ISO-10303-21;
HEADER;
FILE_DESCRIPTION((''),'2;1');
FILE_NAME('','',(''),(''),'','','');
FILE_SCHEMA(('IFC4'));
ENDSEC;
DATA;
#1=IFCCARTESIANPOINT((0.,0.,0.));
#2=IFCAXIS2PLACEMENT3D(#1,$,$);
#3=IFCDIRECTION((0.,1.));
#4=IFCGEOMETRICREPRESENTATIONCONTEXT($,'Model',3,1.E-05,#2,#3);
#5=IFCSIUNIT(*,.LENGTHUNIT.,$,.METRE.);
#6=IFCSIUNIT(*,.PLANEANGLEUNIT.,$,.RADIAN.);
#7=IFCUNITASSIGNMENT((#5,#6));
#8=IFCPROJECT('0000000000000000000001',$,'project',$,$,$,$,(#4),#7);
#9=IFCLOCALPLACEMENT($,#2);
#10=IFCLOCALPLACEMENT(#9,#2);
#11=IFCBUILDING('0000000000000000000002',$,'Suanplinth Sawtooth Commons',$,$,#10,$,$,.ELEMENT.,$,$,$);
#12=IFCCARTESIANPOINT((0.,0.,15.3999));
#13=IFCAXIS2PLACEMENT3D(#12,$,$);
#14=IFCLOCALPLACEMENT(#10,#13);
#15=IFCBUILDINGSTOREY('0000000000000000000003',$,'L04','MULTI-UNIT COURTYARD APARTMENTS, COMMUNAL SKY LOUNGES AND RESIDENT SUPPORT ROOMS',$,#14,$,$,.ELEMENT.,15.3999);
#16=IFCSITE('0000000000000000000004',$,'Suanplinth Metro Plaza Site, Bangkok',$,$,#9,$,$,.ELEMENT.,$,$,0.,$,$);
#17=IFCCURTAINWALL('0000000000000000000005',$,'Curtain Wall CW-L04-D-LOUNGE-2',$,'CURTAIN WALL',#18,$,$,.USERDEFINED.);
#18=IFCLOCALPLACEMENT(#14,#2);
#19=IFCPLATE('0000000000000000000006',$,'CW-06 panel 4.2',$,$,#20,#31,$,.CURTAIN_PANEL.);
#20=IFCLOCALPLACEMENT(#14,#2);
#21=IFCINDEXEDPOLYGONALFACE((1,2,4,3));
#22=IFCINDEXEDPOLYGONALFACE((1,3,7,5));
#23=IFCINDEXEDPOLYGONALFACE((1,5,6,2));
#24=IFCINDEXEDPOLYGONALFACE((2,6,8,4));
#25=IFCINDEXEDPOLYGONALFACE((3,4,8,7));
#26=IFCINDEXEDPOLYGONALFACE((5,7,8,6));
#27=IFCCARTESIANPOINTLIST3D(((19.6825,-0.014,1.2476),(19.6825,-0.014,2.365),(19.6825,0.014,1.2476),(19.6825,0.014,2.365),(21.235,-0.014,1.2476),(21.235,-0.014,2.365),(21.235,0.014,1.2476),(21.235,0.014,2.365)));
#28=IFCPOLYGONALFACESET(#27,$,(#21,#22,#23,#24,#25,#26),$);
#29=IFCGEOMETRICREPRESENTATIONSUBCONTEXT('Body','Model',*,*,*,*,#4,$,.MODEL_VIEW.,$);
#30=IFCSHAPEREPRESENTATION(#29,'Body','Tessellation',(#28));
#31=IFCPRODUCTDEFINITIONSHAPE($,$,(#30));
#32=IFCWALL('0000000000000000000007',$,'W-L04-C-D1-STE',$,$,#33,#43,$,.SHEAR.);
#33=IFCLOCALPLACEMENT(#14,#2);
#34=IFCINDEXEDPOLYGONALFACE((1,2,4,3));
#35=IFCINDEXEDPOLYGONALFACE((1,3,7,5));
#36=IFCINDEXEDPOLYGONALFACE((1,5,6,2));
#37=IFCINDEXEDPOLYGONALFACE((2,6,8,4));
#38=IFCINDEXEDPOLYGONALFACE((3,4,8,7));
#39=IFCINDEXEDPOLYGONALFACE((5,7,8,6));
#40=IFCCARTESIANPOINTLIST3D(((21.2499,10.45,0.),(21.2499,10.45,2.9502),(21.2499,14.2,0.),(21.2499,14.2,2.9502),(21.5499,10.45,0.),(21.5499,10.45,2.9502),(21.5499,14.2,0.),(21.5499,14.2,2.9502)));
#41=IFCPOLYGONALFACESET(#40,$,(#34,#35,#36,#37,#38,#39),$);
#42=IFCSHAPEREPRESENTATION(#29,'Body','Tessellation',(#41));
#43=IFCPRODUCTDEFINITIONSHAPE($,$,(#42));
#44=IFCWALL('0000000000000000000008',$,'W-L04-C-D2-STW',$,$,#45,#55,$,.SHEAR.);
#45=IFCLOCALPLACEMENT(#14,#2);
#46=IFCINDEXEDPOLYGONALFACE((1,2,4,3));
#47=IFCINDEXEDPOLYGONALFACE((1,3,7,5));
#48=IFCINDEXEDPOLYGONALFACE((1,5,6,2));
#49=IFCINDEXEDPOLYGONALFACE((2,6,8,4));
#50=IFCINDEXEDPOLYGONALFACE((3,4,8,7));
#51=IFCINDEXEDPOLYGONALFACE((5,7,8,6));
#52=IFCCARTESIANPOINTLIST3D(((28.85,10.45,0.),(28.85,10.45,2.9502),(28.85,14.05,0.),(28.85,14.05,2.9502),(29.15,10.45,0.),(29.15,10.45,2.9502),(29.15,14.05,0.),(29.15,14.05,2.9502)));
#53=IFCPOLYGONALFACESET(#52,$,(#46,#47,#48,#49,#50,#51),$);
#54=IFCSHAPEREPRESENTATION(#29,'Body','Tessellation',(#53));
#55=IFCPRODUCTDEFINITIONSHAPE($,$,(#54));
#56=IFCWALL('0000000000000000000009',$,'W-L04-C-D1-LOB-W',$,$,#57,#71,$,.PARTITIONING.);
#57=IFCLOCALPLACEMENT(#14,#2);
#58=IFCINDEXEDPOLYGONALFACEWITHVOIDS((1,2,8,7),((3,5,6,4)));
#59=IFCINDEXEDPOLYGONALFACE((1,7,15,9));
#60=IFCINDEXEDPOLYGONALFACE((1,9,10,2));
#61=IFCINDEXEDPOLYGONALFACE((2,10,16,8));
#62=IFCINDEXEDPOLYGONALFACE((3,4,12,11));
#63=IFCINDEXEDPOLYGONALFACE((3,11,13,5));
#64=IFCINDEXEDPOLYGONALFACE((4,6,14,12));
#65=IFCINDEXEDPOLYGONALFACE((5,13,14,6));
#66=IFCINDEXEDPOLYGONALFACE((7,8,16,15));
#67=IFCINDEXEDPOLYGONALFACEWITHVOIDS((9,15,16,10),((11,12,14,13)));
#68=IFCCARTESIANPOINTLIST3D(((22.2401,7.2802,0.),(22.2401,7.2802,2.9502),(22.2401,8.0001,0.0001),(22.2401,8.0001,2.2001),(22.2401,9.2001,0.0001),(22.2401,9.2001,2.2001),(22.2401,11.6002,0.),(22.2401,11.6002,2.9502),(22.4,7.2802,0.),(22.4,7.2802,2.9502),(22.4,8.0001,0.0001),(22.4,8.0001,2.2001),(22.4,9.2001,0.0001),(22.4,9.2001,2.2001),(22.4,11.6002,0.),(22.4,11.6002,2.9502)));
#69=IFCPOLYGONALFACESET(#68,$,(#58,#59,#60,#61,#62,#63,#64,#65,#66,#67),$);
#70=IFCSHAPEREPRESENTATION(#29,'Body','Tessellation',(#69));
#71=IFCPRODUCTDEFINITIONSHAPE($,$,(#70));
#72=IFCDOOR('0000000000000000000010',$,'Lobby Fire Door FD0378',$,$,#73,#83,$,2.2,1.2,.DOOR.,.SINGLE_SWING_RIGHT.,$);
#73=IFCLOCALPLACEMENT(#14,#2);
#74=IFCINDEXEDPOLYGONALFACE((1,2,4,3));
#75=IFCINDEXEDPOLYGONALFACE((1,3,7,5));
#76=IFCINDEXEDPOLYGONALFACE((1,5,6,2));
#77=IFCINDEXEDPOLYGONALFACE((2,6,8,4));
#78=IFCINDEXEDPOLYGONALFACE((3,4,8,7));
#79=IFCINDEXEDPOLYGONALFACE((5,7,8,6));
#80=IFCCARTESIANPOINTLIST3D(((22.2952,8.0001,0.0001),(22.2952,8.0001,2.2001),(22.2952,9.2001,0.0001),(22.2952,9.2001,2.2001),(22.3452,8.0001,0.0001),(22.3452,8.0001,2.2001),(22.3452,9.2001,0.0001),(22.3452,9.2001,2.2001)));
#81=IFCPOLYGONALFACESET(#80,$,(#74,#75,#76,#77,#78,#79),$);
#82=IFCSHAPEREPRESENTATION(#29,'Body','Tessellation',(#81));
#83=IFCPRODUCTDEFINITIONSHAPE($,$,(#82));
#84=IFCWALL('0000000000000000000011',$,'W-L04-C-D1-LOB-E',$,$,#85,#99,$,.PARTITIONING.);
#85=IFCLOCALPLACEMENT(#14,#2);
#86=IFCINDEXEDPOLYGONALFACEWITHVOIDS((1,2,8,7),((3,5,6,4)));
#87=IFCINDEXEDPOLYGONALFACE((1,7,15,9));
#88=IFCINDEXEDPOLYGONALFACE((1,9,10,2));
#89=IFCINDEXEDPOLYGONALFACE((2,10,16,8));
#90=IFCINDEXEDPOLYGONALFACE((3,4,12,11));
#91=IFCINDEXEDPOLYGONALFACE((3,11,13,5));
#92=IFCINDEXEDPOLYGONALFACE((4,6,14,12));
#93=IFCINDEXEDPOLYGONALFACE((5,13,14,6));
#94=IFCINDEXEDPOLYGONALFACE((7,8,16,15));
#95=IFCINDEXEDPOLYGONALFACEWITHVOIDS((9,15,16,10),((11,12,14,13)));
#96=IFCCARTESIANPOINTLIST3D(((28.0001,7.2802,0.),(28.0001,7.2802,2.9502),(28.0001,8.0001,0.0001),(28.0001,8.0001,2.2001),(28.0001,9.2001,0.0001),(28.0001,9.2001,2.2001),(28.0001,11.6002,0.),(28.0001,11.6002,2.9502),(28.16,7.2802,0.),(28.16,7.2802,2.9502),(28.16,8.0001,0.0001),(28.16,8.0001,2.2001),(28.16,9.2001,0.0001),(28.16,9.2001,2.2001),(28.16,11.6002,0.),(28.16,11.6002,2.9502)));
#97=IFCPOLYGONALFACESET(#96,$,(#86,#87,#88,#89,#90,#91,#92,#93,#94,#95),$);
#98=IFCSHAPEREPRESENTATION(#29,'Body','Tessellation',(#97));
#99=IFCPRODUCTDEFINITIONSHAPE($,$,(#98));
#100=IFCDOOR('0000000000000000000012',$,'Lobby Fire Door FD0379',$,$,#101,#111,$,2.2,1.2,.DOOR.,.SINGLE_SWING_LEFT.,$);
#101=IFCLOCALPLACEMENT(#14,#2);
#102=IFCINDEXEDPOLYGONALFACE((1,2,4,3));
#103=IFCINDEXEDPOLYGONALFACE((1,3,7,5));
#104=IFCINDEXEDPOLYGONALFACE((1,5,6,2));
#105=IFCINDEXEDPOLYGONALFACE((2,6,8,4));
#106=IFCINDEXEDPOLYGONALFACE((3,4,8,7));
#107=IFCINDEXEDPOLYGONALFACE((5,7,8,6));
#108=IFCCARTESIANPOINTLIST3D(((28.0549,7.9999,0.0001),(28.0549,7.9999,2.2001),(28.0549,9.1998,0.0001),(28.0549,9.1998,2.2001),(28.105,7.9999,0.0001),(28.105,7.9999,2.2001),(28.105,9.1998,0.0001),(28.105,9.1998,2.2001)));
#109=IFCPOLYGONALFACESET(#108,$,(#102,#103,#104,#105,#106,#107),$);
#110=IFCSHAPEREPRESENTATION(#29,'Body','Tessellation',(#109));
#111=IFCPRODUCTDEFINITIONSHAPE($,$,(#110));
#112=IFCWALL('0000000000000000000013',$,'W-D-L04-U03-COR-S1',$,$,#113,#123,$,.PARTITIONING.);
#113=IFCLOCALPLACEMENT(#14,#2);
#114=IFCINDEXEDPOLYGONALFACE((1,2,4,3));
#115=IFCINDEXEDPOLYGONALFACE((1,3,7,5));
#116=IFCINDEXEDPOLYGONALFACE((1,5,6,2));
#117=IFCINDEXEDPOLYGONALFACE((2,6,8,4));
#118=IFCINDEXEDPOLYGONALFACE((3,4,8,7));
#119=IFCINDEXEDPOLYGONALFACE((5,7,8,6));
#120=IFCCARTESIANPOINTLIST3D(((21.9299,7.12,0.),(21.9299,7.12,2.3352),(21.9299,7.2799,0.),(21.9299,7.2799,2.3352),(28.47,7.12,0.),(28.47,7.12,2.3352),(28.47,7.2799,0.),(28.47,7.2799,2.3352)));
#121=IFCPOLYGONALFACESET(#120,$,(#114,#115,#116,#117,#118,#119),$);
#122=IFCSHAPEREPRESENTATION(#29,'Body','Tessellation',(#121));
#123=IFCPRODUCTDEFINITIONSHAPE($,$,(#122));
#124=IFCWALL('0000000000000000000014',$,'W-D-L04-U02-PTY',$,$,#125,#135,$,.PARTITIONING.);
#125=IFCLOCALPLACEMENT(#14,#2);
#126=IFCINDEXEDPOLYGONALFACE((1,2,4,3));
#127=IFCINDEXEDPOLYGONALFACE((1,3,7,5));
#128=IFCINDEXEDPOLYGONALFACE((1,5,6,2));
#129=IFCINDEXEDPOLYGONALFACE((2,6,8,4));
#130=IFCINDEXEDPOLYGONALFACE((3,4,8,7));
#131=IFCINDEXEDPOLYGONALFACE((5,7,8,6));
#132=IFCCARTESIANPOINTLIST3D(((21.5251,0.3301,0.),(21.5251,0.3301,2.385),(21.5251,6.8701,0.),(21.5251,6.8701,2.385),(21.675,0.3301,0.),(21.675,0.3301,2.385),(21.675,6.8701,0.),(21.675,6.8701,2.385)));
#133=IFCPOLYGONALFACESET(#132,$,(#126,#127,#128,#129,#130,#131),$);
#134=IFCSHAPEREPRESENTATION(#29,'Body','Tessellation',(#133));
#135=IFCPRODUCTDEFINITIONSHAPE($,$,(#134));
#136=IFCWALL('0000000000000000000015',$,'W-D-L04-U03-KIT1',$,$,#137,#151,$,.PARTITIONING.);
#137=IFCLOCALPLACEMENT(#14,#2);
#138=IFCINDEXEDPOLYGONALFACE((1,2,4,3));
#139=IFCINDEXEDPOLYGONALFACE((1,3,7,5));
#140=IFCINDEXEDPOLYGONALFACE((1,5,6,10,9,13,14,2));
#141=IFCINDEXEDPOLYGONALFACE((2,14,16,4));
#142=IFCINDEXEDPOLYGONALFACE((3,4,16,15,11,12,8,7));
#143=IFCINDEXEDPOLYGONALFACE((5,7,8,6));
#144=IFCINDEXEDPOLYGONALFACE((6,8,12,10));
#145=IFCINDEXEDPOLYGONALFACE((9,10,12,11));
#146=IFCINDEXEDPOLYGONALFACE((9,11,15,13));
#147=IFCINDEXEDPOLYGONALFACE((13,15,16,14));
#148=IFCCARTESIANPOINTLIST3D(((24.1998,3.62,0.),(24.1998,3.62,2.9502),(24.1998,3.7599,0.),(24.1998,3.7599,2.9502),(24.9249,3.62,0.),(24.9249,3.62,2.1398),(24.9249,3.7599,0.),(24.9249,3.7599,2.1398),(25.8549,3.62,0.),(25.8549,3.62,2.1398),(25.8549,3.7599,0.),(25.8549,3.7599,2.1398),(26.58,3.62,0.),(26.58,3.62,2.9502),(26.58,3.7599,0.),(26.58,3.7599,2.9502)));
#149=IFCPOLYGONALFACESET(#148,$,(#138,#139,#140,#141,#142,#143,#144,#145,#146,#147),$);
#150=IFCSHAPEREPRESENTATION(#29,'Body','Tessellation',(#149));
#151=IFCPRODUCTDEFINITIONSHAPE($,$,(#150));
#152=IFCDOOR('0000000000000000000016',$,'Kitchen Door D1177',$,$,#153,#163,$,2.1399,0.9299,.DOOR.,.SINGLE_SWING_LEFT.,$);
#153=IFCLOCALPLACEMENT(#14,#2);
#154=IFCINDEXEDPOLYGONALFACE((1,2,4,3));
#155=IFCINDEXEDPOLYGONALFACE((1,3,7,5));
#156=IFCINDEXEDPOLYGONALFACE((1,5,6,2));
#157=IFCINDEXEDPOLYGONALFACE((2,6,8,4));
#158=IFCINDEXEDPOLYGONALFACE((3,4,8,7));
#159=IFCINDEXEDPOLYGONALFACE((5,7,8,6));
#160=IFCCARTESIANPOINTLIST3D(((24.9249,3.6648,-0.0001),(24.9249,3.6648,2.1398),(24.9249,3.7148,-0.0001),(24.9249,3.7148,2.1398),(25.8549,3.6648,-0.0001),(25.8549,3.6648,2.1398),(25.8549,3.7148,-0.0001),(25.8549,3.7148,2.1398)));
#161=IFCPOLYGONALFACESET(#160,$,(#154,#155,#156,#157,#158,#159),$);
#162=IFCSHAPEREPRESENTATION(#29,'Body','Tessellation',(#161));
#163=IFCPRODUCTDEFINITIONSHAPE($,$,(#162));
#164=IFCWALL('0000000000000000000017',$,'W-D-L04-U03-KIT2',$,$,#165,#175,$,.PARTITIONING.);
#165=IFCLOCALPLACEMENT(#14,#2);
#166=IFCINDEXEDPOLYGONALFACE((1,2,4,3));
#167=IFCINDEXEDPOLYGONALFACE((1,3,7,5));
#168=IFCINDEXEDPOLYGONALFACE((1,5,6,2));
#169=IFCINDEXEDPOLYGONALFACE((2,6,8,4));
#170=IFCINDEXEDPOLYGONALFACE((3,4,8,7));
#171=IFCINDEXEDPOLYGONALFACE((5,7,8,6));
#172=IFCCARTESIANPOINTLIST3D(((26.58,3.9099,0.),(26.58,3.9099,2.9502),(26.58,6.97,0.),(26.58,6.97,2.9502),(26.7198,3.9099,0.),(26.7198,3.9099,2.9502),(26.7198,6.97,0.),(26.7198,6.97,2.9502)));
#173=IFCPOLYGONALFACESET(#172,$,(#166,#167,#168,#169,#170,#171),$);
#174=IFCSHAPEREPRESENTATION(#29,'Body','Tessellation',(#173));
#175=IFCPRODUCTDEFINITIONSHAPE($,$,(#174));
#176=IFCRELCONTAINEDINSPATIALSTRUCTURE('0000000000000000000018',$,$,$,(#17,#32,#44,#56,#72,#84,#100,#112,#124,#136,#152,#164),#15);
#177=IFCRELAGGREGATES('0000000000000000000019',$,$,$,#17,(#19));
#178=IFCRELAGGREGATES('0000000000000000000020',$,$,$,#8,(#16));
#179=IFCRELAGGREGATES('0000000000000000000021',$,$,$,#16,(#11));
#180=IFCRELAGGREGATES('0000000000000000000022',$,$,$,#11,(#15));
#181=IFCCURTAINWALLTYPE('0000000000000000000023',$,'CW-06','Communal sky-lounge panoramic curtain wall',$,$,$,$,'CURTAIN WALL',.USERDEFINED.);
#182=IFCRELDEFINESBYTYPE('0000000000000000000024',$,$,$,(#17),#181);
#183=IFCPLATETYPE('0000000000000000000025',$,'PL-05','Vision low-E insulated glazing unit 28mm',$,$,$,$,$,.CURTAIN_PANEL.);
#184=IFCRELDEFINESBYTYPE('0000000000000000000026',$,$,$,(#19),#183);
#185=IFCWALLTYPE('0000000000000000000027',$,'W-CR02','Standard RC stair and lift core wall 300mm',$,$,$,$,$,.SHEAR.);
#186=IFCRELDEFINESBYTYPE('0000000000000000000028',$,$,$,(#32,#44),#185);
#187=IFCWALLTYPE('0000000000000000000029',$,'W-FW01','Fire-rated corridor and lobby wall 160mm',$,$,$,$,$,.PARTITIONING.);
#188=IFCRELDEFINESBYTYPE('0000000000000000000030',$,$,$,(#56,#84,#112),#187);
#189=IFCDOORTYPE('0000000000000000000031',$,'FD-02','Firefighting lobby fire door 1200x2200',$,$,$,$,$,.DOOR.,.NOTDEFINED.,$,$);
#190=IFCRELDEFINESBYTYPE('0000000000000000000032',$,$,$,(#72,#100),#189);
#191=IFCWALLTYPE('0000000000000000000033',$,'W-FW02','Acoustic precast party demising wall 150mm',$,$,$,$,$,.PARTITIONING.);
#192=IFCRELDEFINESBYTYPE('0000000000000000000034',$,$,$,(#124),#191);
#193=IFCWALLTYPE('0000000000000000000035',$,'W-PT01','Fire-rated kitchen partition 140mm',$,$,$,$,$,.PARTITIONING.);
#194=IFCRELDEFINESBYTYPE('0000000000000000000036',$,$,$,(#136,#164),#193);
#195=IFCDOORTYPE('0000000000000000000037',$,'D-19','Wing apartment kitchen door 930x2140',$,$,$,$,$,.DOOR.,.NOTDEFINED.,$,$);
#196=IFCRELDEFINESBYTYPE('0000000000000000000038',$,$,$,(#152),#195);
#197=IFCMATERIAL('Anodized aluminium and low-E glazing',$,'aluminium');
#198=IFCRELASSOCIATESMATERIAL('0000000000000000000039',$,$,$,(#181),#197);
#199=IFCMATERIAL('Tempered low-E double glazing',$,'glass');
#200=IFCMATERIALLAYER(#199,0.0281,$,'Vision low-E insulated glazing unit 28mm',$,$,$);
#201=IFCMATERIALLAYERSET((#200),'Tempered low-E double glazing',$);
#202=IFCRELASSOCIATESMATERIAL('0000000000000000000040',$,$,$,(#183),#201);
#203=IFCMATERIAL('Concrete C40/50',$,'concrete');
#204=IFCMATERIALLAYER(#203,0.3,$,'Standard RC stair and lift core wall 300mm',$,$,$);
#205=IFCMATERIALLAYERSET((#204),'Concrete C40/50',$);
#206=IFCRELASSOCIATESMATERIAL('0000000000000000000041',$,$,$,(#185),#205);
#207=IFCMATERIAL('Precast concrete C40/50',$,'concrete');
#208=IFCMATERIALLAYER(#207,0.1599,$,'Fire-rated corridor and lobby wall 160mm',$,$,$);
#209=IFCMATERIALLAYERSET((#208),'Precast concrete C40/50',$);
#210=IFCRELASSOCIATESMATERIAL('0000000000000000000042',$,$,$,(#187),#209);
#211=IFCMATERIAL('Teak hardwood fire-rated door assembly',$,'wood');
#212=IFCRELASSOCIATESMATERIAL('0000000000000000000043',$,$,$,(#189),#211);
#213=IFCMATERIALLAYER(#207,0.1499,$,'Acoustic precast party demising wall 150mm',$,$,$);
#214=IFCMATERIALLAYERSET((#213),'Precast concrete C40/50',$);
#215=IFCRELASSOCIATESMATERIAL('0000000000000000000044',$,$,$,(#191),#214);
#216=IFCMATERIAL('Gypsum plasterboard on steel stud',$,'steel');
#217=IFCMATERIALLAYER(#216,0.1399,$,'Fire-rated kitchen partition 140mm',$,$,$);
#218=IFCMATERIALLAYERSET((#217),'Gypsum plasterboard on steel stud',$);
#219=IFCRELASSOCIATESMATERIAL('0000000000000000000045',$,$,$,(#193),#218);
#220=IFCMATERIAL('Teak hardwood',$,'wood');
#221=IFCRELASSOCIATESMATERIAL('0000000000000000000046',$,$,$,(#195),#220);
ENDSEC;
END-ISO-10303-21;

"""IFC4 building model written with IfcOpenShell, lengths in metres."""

from ifc_helpers import new_model, si_unit, direction, frame, frame_2d, origin, origin_2d, place, context, subcontext, project, spatial, rectangle, extrude, material, layer, layer_set, type_object, element, fill, aggregate, save


model = new_model("IFC4")

# Units and contexts
model_context = context("Model", 3, precision=1e-05, world=origin(), true_north=direction((0.0, 1.0)))
body_context = subcontext(model_context, "Body", "Model", "MODEL_VIEW")
ifc_project = project(units=[si_unit("LENGTHUNIT", "METRE"), si_unit("PLANEANGLEUNIT", "RADIAN")], contexts=[model_context])

# Site, building, storey
site_placement = place(None, origin())
site = spatial("IfcSite", under=ifc_project, at=site_placement, Name="Suanplinth Metro Plaza Site, Bangkok", CompositionType="ELEMENT", RefElevation=0.0)
building_placement = place(site_placement, origin())
building = spatial("IfcBuilding", under=site, at=building_placement, Name="Suanplinth Sawtooth Commons", CompositionType="ELEMENT")
storey_placement = place(building_placement, frame((0.0, 0.0, 15.3999)))
storey = spatial("IfcBuildingStorey", under=building, at=storey_placement, Name="L04", Description="MULTI-UNIT COURTYARD APARTMENTS, COMMUNAL SKY LOUNGES AND RESIDENT SUPPORT ROOMS", CompositionType="ELEMENT", Elevation=15.3999)

# Shared definitions
ifc_material_1 = material(Name="Precast concrete C40/50", Category="concrete")

# Curtain wall, plate
ifc_material_2 = material(Name="Anodized aluminium and low-E glazing", Category="aluminium")
curtain_wall_type = type_object("IfcCurtainWallType", Name="CW-06", Description="Communal sky-lounge panoramic curtain wall", ElementType="CURTAIN WALL", PredefinedType="USERDEFINED", material=ifc_material_2)
curtain_wall_placement = place(storey_placement, origin())
curtain_wall = element("IfcCurtainWall", 1, at=curtain_wall_placement, inside=storey, type_object=curtain_wall_type, Name="Curtain Wall CW-L04-D-LOUNGE-2", ObjectType="CURTAIN WALL", PredefinedType="USERDEFINED")
ifc_material_3 = material(Name="Tempered low-E double glazing", Category="glass")
ifc_layer_1 = layer(ifc_material_3, 0.0281, Name="Vision low-E insulated glazing unit 28mm")
ifc_layer_set_1 = layer_set([ifc_layer_1], Name="Tempered low-E double glazing")
plate_type = type_object("IfcPlateType", Name="PL-05", Description="Vision low-E insulated glazing unit 28mm", PredefinedType="CURTAIN_PANEL", material=ifc_layer_set_1)
plate_placement = place(storey_placement, frame((20.4587, 0.0, 1.2476), z_axis=(0.0, 0.0, 1.0), x_axis=(1.0, 0.0, 0.0)))
plate = element("IfcPlate", 2, at=plate_placement, type_object=plate_type, Name="CW-06 panel 4.2", PredefinedType="CURTAIN_PANEL", context=body_context, shape_type="SweptSolid", body=[
    extrude(rectangle(XDim=1.5525, YDim=0.0281, at=origin_2d()), origin(), (0.0, 0.0, 1.0), 1.1174),
])
aggregate(curtain_wall, [plate])

# Walls
ifc_material_4 = material(Name="Concrete C40/50", Category="concrete")
ifc_layer_2 = layer(ifc_material_4, 0.3, Name="Standard RC stair and lift core wall 300mm")
ifc_layer_set_2 = layer_set([ifc_layer_2], Name="Concrete C40/50")
wall_type_1 = type_object("IfcWallType", Name="W-CR02", Description="Standard RC stair and lift core wall 300mm", PredefinedType="SHEAR", material=ifc_layer_set_2)
wall_1_placement = place(storey_placement, frame((21.3999, 10.45, 0.0), z_axis=(0.0, 0.0, 1.0), x_axis=(0.0, 1.0, 0.0)))
element("IfcWall", 3, at=wall_1_placement, inside=storey, type_object=wall_type_1, Name="W-L04-C-D1-STE", PredefinedType="SHEAR", context=body_context, shape_type="SweptSolid", body=[
    extrude(rectangle(XDim=3.75, YDim=0.3, at=frame_2d((1.875, 0.0))), origin(), (0.0, 0.0, 1.0), 2.9502),
])
wall_2_placement = place(storey_placement, frame((29.0, 10.45, 0.0), z_axis=(0.0, 0.0, 1.0), x_axis=(0.0, 1.0, 0.0)))
element("IfcWall", 4, at=wall_2_placement, inside=storey, type_object=wall_type_1, Name="W-L04-C-D2-STW", PredefinedType="SHEAR", context=body_context, shape_type="SweptSolid", body=[
    extrude(rectangle(XDim=3.6001, YDim=0.3, at=frame_2d((1.8, 0.0))), origin(), (0.0, 0.0, 1.0), 2.9502),
])

# Walls, openings, doors
ifc_layer_3 = layer(ifc_material_1, 0.1599, Name="Fire-rated corridor and lobby wall 160mm")
ifc_layer_set_3 = layer_set([ifc_layer_3], Name="Precast concrete C40/50")
wall_type_2 = type_object("IfcWallType", Name="W-FW01", Description="Fire-rated corridor and lobby wall 160mm", PredefinedType="PARTITIONING", material=ifc_layer_set_3)
wall_3_placement = place(storey_placement, frame((22.3201, 7.28, 0.0), z_axis=(0.0, 0.0, 1.0), x_axis=(0.0, 1.0, 0.0)))
wall_3 = element("IfcWall", 5, at=wall_3_placement, inside=storey, type_object=wall_type_2, Name="W-L04-C-D1-LOB-W", PredefinedType="PARTITIONING", context=body_context, shape_type="SweptSolid", body=[
    extrude(rectangle(XDim=4.3201, YDim=0.1599, at=frame_2d((2.1602, 0.0))), origin(), (0.0, 0.0, 1.0), 2.9502),
])
opening_1_placement = place(wall_3_placement, frame((0.72, 0.0, 0.0)))
opening_1 = element("IfcOpeningElement", 6, at=opening_1_placement, cuts=wall_3, PredefinedType="OPENING", context=body_context, shape_type="SweptSolid", body=[
    extrude(rectangle(XDim=1.2, YDim=2.2, at=frame_2d((0.6001, 1.1001))), frame((0.0, 0.0947, 0.0), z_axis=(0.0, -1.0, 0.0), x_axis=(1.0, 0.0, 0.0)), (0.0, 0.0, 1.0), 0.1897),
])
ifc_material_5 = material(Name="Teak hardwood fire-rated door assembly", Category="wood")
door_type_1 = type_object("IfcDoorType", Name="FD-02", Description="Firefighting lobby fire door 1200x2200", OperationType="NOTDEFINED", PredefinedType="DOOR", material=ifc_material_5)
door_1_placement = place(opening_1_placement, origin())
door_1 = element("IfcDoor", 7, at=door_1_placement, inside=storey, type_object=door_type_1, Name="Lobby Fire Door FD0378", OperationType="SINGLE_SWING_RIGHT", OverallHeight=2.2, OverallWidth=1.2, PredefinedType="DOOR", context=body_context, shape_type="SweptSolid", body=[
    extrude(rectangle(XDim=1.2, YDim=2.2, at=frame_2d((0.6001, 1.1001))), frame((0.0, 0.0249, 0.0), z_axis=(0.0, -1.0, 0.0), x_axis=(1.0, 0.0, 0.0)), (0.0, 0.0, 1.0), 0.05),
])
fill(opening_1, door_1)
wall_4_placement = place(storey_placement, frame((28.0801, 7.28, 0.0), z_axis=(0.0, 0.0, 1.0), x_axis=(0.0, 1.0, 0.0)))
wall_4 = element("IfcWall", 8, at=wall_4_placement, inside=storey, type_object=wall_type_2, Name="W-L04-C-D1-LOB-E", PredefinedType="PARTITIONING", context=body_context, shape_type="SweptSolid", body=[
    extrude(rectangle(XDim=4.3201, YDim=0.1599, at=frame_2d((2.1602, 0.0))), origin(), (0.0, 0.0, 1.0), 2.9502),
])
opening_2_placement = place(wall_4_placement, frame((0.72, 0.0, 0.0)))
opening_2 = element("IfcOpeningElement", 9, at=opening_2_placement, cuts=wall_4, PredefinedType="OPENING", context=body_context, shape_type="SweptSolid", body=[
    extrude(rectangle(XDim=1.2, YDim=2.2, at=frame_2d((0.6001, 1.1001))), frame((0.0, 0.0947, 0.0), z_axis=(0.0, -1.0, 0.0), x_axis=(1.0, 0.0, 0.0)), (0.0, 0.0, 1.0), 0.1897),
])
door_2_placement = place(opening_2_placement, frame((1.2, 0.0, 0.0), z_axis=(0.0, 0.0, 1.0), x_axis=(-1.0, 0.0, 0.0)))
door_2 = element("IfcDoor", 10, at=door_2_placement, inside=storey, type_object=door_type_1, Name="Lobby Fire Door FD0379", OperationType="SINGLE_SWING_LEFT", OverallHeight=2.2, OverallWidth=1.2, PredefinedType="DOOR", context=body_context, shape_type="SweptSolid", body=[
    extrude(rectangle(XDim=1.2, YDim=2.2, at=frame_2d((0.6001, 1.1001))), frame((0.0, 0.0249, 0.0), z_axis=(0.0, -1.0, 0.0), x_axis=(1.0, 0.0, 0.0)), (0.0, 0.0, 1.0), 0.05),
])
fill(opening_2, door_2)

# Walls
wall_5_placement = place(storey_placement, frame((21.9299, 7.2, 0.0), z_axis=(0.0, 0.0, 1.0), x_axis=(1.0, 0.0, 0.0)))
element("IfcWall", 11, at=wall_5_placement, inside=storey, type_object=wall_type_2, Name="W-D-L04-U03-COR-S1", PredefinedType="PARTITIONING", context=body_context, shape_type="SweptSolid", body=[
    extrude(rectangle(XDim=6.54, YDim=0.1599, at=frame_2d((3.27, 0.0))), origin(), (0.0, 0.0, 1.0), 2.3352),
])
ifc_layer_4 = layer(ifc_material_1, 0.1499, Name="Acoustic precast party demising wall 150mm")
ifc_layer_set_4 = layer_set([ifc_layer_4], Name="Precast concrete C40/50")
wall_type_3 = type_object("IfcWallType", Name="W-FW02", Description="Acoustic precast party demising wall 150mm", PredefinedType="PARTITIONING", material=ifc_layer_set_4)
wall_6_placement = place(storey_placement, frame((21.6001, 0.3301, 0.0), z_axis=(0.0, 0.0, 1.0), x_axis=(0.0, 1.0, 0.0)))
element("IfcWall", 12, at=wall_6_placement, inside=storey, type_object=wall_type_3, Name="W-D-L04-U02-PTY", PredefinedType="PARTITIONING", context=body_context, shape_type="SweptSolid", body=[
    extrude(rectangle(XDim=6.54, YDim=0.1499, at=frame_2d((3.27, 0.0))), origin(), (0.0, 0.0, 1.0), 2.385),
])

# Wall, opening, door
ifc_material_6 = material(Name="Gypsum plasterboard on steel stud", Category="steel")
ifc_layer_5 = layer(ifc_material_6, 0.1399, Name="Fire-rated kitchen partition 140mm")
ifc_layer_set_5 = layer_set([ifc_layer_5], Name="Gypsum plasterboard on steel stud")
wall_type_4 = type_object("IfcWallType", Name="W-PT01", Description="Fire-rated kitchen partition 140mm", PredefinedType="PARTITIONING", material=ifc_layer_set_5)
wall_7_placement = place(storey_placement, frame((24.2, 3.6899, 0.0), z_axis=(0.0, 0.0, 1.0), x_axis=(1.0, 0.0, 0.0)))
wall_7 = element("IfcWall", 13, at=wall_7_placement, inside=storey, type_object=wall_type_4, Name="W-D-L04-U03-KIT1", PredefinedType="PARTITIONING", context=body_context, shape_type="SweptSolid", body=[
    extrude(rectangle(XDim=2.3801, YDim=0.1399, at=frame_2d((1.1899, 0.0))), origin(), (0.0, 0.0, 1.0), 2.9502),
])
opening_3_placement = place(wall_7_placement, frame((0.7251, 0.0, 0.0)))
opening_3 = element("IfcOpeningElement", 14, at=opening_3_placement, cuts=wall_7, PredefinedType="OPENING", context=body_context, shape_type="SweptSolid", body=[
    extrude(rectangle(XDim=0.9299, YDim=2.1399, at=frame_2d((0.4648, 1.0698))), frame((0.0, 0.085, 0.0), z_axis=(0.0, -1.0, 0.0), x_axis=(1.0, 0.0, 0.0)), (0.0, 0.0, 1.0), 0.1697),
])
ifc_material_7 = material(Name="Teak hardwood", Category="wood")
door_type_2 = type_object("IfcDoorType", Name="D-19", Description="Wing apartment kitchen door 930x2140", OperationType="NOTDEFINED", PredefinedType="DOOR", material=ifc_material_7)
door_3_placement = place(opening_3_placement, origin())
door_3 = element("IfcDoor", 15, at=door_3_placement, inside=storey, type_object=door_type_2, Name="Kitchen Door D1177", OperationType="SINGLE_SWING_LEFT", OverallHeight=2.1399, OverallWidth=0.9299, PredefinedType="DOOR", context=body_context, shape_type="SweptSolid", body=[
    extrude(rectangle(XDim=0.9299, YDim=2.1399, at=frame_2d((0.4648, 1.0698))), frame((0.0, 0.0249, 0.0), z_axis=(0.0, -1.0, 0.0), x_axis=(1.0, 0.0, 0.0)), (0.0, 0.0, 1.0), 0.05),
])
fill(opening_3, door_3)

# Wall
wall_8_placement = place(storey_placement, frame((26.6499, 3.9099, 0.0), z_axis=(0.0, 0.0, 1.0), x_axis=(0.0, 1.0, 0.0)))
element("IfcWall", 16, at=wall_8_placement, inside=storey, type_object=wall_type_4, Name="W-D-L04-U03-KIT2", PredefinedType="PARTITIONING", context=body_context, shape_type="SweptSolid", body=[
    extrude(rectangle(XDim=3.0601, YDim=0.1399, at=frame_2d((1.53, 0.0))), origin(), (0.0, 0.0, 1.0), 2.9502),
])

save(model, "model.ifc")
